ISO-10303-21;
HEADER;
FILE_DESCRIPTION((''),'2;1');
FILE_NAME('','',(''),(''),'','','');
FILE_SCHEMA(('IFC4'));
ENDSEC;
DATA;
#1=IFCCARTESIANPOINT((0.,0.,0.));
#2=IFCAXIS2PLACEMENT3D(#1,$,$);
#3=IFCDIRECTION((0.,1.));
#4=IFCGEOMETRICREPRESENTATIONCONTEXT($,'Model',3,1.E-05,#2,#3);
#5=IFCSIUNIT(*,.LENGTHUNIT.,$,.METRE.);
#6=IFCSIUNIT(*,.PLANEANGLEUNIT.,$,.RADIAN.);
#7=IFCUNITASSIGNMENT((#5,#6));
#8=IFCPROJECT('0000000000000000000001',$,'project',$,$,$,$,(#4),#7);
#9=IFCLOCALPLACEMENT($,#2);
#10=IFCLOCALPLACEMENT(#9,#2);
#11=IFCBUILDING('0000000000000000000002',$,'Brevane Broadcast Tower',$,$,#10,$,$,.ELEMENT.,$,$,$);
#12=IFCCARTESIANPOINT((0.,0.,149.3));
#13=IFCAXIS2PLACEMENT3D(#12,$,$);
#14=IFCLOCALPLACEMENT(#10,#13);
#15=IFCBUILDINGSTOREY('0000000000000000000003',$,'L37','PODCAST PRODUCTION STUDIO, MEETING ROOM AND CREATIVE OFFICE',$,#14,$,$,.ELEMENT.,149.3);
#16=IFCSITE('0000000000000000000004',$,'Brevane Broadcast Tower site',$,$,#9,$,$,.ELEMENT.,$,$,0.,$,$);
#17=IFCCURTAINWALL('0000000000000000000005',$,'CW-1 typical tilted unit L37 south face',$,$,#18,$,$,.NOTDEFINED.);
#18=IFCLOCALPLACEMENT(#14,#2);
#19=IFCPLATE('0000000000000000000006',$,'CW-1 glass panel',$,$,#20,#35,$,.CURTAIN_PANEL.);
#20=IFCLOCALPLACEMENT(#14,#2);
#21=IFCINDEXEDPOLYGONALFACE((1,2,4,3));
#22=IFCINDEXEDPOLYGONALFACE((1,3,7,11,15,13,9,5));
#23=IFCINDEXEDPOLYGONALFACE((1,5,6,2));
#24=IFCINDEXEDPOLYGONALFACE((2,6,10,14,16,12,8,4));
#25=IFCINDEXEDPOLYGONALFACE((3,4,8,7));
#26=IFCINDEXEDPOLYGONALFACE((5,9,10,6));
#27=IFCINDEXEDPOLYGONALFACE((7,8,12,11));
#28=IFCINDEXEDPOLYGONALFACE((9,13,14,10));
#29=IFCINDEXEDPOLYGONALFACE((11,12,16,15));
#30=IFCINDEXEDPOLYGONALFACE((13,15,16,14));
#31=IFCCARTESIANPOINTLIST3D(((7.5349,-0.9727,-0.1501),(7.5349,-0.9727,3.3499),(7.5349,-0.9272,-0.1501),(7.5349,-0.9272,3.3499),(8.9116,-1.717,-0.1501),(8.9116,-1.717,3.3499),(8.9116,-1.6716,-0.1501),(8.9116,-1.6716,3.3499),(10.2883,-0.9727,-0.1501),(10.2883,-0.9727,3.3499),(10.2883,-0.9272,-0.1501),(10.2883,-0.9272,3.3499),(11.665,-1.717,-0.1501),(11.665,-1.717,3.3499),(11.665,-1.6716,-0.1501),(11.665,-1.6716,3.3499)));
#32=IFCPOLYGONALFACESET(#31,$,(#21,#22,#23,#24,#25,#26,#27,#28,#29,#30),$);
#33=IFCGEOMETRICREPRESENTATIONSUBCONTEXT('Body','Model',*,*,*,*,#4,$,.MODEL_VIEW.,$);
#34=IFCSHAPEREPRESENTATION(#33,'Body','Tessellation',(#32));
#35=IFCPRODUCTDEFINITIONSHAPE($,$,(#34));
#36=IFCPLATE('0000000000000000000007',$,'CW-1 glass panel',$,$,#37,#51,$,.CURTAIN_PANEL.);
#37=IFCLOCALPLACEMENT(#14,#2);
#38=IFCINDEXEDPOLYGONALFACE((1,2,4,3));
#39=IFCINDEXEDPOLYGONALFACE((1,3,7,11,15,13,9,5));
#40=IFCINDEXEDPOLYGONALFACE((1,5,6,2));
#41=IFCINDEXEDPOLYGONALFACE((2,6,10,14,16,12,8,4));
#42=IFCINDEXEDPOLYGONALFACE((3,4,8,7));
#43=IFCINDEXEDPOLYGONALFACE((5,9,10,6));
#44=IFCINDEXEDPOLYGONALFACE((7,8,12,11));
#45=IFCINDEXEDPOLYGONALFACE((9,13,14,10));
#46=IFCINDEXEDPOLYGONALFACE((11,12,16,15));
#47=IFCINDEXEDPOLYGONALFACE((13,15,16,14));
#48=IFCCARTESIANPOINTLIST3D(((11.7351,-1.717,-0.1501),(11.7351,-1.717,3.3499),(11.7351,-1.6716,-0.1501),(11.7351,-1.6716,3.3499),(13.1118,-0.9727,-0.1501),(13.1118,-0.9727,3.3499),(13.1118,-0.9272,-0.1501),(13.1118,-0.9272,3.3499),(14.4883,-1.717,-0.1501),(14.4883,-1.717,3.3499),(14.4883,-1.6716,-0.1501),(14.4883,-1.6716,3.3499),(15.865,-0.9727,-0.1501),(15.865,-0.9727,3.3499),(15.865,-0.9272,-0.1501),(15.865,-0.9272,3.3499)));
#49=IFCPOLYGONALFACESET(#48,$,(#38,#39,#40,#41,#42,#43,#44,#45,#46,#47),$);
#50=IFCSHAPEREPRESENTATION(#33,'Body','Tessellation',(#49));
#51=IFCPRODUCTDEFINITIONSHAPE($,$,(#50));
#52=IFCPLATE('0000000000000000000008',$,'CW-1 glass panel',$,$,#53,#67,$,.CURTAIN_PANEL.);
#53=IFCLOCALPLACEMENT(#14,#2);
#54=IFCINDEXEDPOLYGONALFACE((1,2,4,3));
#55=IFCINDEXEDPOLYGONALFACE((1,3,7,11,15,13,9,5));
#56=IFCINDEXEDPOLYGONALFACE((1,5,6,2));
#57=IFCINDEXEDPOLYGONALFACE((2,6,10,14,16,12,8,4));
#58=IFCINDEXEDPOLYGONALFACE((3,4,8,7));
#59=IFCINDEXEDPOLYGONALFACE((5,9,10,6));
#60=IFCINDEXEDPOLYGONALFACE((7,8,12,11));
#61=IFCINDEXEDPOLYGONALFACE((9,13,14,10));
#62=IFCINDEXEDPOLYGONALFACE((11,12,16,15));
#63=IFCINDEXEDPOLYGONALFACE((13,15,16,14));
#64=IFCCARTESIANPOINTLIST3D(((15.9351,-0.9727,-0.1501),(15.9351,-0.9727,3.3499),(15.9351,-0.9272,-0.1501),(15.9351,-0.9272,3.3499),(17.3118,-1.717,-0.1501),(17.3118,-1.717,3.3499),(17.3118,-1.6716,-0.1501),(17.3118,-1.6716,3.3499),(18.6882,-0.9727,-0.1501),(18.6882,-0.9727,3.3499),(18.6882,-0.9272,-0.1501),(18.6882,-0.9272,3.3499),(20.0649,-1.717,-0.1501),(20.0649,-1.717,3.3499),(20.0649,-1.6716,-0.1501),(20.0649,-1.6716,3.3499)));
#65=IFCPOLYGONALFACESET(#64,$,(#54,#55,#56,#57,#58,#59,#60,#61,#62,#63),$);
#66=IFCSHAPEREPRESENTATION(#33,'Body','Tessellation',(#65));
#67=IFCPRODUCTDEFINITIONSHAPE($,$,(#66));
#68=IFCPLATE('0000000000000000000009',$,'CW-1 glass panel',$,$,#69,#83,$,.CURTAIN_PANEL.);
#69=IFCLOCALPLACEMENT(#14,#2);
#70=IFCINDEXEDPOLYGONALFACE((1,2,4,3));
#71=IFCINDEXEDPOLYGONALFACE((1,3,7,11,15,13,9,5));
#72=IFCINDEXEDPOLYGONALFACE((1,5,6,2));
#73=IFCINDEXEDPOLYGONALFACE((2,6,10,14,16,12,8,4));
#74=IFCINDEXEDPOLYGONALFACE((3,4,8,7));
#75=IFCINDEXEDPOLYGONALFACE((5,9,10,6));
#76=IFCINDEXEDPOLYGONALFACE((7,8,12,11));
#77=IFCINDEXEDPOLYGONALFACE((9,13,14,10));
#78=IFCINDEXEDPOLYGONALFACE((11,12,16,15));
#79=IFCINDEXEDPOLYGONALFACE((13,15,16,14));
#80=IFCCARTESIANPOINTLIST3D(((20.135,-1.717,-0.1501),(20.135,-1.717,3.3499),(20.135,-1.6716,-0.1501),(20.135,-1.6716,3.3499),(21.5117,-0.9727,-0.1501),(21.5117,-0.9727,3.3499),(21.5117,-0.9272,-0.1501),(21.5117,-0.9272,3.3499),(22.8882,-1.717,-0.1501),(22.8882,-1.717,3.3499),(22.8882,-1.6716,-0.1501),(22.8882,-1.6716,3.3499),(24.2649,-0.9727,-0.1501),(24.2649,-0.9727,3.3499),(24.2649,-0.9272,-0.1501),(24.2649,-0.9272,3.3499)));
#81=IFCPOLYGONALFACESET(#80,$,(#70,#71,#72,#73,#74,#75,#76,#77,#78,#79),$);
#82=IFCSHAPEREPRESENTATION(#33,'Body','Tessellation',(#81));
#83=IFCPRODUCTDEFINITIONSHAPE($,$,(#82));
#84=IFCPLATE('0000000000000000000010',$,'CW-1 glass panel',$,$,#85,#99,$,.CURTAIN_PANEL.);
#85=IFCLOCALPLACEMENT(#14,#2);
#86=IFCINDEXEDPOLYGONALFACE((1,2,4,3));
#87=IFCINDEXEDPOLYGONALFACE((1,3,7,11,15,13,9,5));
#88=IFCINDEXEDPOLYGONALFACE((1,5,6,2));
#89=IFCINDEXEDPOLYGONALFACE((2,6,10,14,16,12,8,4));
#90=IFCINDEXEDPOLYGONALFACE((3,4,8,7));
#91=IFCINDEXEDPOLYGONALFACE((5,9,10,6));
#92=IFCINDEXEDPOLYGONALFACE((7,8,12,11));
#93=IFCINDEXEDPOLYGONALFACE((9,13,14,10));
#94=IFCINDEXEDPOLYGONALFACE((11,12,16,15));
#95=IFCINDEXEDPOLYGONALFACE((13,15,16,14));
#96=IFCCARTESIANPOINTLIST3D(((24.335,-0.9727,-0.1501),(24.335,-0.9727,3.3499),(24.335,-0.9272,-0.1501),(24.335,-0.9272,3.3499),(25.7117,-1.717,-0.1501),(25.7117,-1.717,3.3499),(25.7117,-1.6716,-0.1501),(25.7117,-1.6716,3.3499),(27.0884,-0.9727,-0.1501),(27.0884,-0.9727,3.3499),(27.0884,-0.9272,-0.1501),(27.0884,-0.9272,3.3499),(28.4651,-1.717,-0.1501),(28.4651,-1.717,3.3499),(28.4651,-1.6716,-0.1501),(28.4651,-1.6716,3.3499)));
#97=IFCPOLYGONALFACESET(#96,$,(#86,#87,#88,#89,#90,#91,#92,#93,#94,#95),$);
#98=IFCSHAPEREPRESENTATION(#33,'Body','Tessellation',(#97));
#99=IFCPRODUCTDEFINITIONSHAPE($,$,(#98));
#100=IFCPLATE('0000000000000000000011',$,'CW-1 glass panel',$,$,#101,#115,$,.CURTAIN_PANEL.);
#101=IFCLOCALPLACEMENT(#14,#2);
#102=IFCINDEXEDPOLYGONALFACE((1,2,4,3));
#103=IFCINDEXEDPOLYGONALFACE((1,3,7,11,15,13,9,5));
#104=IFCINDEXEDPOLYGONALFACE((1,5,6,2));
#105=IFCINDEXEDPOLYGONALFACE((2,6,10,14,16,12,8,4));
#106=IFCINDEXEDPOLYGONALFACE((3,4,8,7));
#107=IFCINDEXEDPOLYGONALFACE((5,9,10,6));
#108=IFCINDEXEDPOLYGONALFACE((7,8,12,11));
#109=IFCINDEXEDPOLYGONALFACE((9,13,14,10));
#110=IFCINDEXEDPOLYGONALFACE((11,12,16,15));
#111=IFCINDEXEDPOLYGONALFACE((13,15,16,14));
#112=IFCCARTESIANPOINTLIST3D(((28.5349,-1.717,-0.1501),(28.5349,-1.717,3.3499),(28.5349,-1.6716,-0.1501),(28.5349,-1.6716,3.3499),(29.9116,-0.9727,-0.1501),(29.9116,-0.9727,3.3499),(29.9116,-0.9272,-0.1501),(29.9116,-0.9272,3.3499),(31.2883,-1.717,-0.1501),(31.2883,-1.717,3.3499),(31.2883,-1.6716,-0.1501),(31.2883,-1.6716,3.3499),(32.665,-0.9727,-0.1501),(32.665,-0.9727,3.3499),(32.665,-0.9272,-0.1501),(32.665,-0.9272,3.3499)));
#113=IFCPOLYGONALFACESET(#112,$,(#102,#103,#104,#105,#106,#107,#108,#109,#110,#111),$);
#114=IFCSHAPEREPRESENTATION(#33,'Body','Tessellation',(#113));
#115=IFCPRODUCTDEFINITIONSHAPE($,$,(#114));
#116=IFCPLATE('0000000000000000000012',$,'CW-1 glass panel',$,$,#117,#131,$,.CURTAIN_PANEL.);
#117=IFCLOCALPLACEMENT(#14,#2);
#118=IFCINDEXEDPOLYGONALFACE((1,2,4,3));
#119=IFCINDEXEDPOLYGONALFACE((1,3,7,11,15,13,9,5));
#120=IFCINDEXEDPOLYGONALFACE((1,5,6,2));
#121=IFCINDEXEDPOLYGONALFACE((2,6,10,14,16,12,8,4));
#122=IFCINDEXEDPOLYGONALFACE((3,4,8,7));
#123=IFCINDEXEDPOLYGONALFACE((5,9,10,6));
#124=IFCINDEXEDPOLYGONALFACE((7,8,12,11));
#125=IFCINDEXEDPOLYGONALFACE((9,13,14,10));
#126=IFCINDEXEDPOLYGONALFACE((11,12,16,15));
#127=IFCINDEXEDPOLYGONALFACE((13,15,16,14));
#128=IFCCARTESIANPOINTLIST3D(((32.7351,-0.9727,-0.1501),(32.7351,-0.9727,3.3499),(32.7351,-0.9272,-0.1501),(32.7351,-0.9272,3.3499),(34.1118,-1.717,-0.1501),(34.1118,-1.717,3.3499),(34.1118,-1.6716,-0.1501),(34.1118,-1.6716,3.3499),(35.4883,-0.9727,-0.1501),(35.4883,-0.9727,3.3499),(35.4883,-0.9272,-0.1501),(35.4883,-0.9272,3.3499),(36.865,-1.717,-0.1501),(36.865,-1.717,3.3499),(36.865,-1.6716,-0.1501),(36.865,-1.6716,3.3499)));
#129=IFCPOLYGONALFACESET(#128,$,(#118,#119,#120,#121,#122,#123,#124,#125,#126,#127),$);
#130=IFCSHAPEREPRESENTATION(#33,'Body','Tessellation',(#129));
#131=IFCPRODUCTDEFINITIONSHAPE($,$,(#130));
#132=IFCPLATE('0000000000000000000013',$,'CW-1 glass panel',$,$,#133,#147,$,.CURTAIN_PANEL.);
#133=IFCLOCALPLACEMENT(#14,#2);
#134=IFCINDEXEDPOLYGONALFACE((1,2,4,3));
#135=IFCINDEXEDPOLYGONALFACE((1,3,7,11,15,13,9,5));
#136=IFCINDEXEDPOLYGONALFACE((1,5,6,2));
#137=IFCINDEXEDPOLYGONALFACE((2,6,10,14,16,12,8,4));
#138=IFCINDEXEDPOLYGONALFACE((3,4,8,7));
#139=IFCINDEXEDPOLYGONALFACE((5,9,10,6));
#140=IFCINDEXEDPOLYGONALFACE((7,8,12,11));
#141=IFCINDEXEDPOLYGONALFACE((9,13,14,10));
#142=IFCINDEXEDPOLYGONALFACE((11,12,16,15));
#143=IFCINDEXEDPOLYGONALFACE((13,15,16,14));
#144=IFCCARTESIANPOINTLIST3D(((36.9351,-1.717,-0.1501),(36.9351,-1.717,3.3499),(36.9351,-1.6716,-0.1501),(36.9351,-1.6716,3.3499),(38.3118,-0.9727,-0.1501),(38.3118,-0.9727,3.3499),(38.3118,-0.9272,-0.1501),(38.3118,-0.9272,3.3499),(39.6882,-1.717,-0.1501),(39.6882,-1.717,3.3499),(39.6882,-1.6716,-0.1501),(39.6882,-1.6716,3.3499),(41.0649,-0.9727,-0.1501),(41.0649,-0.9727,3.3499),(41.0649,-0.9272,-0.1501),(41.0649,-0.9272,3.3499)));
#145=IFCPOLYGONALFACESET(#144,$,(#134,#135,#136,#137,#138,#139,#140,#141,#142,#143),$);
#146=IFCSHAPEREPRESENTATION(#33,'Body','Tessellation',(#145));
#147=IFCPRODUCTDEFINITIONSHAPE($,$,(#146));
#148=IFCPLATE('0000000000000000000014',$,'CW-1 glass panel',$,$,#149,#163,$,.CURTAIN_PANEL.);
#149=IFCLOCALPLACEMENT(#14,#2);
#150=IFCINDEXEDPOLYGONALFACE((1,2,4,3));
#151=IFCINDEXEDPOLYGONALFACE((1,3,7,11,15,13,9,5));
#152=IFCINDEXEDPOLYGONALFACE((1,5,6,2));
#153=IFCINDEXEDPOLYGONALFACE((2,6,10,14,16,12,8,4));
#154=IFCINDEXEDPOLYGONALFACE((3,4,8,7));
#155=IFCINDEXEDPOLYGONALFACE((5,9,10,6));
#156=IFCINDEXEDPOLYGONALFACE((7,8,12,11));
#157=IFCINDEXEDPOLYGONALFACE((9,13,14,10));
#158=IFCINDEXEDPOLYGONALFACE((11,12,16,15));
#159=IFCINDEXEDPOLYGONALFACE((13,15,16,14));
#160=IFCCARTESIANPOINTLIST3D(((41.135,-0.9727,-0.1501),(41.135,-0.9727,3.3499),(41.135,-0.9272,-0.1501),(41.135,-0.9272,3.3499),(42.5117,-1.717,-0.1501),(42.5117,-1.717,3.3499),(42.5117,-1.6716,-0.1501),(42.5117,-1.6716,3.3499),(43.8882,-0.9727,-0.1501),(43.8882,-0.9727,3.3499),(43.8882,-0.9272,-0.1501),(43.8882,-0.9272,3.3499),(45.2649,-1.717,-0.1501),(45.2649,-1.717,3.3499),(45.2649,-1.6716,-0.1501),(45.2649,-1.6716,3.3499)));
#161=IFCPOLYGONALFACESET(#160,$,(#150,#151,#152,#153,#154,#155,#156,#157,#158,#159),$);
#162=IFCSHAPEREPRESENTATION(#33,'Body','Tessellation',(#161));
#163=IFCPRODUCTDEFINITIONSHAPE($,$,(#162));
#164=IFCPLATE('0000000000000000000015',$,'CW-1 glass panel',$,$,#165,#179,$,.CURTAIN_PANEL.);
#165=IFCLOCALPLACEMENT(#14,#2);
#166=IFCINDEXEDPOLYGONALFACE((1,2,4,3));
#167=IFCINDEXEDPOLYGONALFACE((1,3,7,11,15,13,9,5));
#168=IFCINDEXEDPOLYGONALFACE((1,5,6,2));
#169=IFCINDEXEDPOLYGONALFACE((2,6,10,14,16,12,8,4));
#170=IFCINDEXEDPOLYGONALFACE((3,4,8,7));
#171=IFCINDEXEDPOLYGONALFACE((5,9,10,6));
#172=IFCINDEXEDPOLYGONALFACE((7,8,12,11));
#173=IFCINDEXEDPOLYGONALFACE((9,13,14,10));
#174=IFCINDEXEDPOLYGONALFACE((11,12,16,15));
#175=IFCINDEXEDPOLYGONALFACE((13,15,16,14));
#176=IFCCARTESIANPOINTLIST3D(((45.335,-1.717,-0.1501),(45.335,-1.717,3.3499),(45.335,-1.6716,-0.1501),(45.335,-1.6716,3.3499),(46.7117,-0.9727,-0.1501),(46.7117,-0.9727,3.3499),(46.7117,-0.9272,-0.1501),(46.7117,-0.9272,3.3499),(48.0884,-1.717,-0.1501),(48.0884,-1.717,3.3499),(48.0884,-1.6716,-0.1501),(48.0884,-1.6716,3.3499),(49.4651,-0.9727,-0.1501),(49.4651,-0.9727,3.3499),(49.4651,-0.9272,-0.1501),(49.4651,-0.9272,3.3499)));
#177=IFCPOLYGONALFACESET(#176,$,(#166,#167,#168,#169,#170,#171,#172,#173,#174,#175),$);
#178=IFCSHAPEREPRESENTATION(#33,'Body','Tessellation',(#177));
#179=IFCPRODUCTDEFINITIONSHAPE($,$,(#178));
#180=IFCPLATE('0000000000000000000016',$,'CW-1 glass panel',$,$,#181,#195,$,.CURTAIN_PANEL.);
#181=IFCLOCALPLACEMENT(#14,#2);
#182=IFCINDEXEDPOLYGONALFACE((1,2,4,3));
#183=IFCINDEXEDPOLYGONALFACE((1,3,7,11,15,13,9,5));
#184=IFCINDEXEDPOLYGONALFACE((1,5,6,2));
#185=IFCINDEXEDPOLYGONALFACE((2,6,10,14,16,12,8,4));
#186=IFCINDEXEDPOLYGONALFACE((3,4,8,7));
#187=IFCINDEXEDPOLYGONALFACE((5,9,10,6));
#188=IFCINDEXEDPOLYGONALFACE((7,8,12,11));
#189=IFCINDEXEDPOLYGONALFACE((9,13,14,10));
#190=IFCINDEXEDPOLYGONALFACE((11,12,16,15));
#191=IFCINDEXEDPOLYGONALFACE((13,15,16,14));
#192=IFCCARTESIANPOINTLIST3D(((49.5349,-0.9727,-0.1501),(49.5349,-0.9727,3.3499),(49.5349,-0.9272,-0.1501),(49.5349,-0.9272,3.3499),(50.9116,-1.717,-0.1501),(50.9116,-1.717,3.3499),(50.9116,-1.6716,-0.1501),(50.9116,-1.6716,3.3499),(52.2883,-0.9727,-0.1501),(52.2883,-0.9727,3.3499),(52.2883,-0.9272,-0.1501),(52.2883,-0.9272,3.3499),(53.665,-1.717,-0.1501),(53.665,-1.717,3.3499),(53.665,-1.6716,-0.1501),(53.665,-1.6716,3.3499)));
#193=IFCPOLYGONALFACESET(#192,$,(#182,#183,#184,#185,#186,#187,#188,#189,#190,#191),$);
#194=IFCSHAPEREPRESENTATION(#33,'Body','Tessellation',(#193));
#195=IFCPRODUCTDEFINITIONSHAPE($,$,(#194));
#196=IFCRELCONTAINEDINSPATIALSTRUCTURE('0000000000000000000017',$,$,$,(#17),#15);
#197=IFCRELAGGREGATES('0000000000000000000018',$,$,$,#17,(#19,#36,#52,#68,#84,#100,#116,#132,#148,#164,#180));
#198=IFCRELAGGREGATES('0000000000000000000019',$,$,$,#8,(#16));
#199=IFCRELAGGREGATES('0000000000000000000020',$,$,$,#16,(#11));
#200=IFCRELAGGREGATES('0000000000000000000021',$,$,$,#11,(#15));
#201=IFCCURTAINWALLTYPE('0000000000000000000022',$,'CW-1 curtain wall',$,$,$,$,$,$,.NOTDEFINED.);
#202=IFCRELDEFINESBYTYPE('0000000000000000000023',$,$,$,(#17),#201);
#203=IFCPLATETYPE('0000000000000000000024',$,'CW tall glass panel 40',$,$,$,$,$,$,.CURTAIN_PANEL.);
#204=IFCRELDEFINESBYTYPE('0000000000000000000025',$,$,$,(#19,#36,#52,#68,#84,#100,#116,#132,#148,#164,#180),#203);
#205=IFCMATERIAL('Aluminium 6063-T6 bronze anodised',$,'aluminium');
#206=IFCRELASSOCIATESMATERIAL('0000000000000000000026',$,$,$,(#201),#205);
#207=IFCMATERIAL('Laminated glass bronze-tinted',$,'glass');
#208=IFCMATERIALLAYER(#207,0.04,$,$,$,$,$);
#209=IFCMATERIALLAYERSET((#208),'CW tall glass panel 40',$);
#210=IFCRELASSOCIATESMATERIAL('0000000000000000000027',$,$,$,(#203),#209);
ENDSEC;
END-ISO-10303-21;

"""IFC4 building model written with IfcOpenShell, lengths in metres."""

from ifc_helpers import new_model, si_unit, direction, frame, origin, place, context, subcontext, project, spatial, polyline, outline, extrude, material, layer, layer_set, type_object, element, aggregate, save


model = new_model("IFC4")

# Units and contexts
model_context = context("Model", 3, precision=1e-05, world=origin(), true_north=direction((0.0, 1.0)))
body_context = subcontext(model_context, "Body", "Model", "MODEL_VIEW")
ifc_project = project(units=[si_unit("LENGTHUNIT", "METRE"), si_unit("PLANEANGLEUNIT", "RADIAN")], contexts=[model_context])

# Site, building, storey
site_placement = place(None, origin())
site = spatial("IfcSite", under=ifc_project, at=site_placement, Name="Brevane Broadcast Tower site", CompositionType="ELEMENT", RefElevation=0.0)
building_placement = place(site_placement, origin())
building = spatial("IfcBuilding", under=site, at=building_placement, Name="Brevane Broadcast Tower", CompositionType="ELEMENT")
storey_placement = place(building_placement, frame((0.0, 0.0, 149.3)))
storey = spatial("IfcBuildingStorey", under=building, at=storey_placement, Name="L37", Description="PODCAST PRODUCTION STUDIO, MEETING ROOM AND CREATIVE OFFICE", CompositionType="ELEMENT", Elevation=149.3)

# Curtain wall, plates
ifc_material_1 = material(Name="Aluminium 6063-T6 bronze anodised", Category="aluminium")
curtain_wall_type = type_object("IfcCurtainWallType", Name="CW-1 curtain wall", PredefinedType="NOTDEFINED", material=ifc_material_1)
curtain_wall_1_placement = place(storey_placement, origin())
curtain_wall_1 = element("IfcCurtainWall", 1, at=curtain_wall_1_placement, inside=storey, type_object=curtain_wall_type, Name="CW-1 typical tilted unit L37 south face", PredefinedType="NOTDEFINED")
ifc_material_2 = material(Name="Laminated glass bronze-tinted", Category="glass")
ifc_layer = layer(ifc_material_2, 0.04)
ifc_layer_set = layer_set([ifc_layer], Name="CW tall glass panel 40")
plate_type = type_object("IfcPlateType", Name="CW tall glass panel 40", PredefinedType="CURTAIN_PANEL", material=ifc_layer_set)
plate_1_placement = place(storey_placement, frame((0.0, 0.0, -0.1501)))
plate_1 = element("IfcPlate", 2, at=plate_1_placement, type_object=plate_type, Name="CW-1 glass panel", PredefinedType="CURTAIN_PANEL", context=body_context, shape_type="SweptSolid", body=[
    extrude(outline(polyline([(7.5349, -0.9272), (7.5349, -0.9727), (8.9116, -1.717), (10.2883, -0.9727), (11.665, -1.717), (11.665, -1.6716), (10.2883, -0.9272), (8.9116, -1.6716), (7.5349, -0.9272)])), origin(), (0.0, 0.0, 1.0), 3.5),
])
plate_2_placement = place(storey_placement, frame((0.0, 0.0, -0.1501)))
plate_2 = element("IfcPlate", 3, at=plate_2_placement, type_object=plate_type, Name="CW-1 glass panel", PredefinedType="CURTAIN_PANEL", context=body_context, shape_type="SweptSolid", body=[
    extrude(outline(polyline([(11.7351, -1.6716), (11.7351, -1.717), (13.1118, -0.9727), (14.4883, -1.717), (15.865, -0.9727), (15.865, -0.9272), (14.4883, -1.6716), (13.1118, -0.9272), (11.7351, -1.6716)])), origin(), (0.0, 0.0, 1.0), 3.5),
])
plate_3_placement = place(storey_placement, frame((0.0, 0.0, -0.1501)))
plate_3 = element("IfcPlate", 4, at=plate_3_placement, type_object=plate_type, Name="CW-1 glass panel", PredefinedType="CURTAIN_PANEL", context=body_context, shape_type="SweptSolid", body=[
    extrude(outline(polyline([(15.9351, -0.9272), (15.9351, -0.9727), (17.3118, -1.717), (18.6882, -0.9727), (20.0649, -1.717), (20.0649, -1.6716), (18.6882, -0.9272), (17.3118, -1.6716), (15.9351, -0.9272)])), origin(), (0.0, 0.0, 1.0), 3.5),
])
plate_4_placement = place(storey_placement, frame((0.0, 0.0, -0.1501)))
plate_4 = element("IfcPlate", 5, at=plate_4_placement, type_object=plate_type, Name="CW-1 glass panel", PredefinedType="CURTAIN_PANEL", context=body_context, shape_type="SweptSolid", body=[
    extrude(outline(polyline([(20.135, -1.6716), (20.135, -1.717), (21.5117, -0.9727), (22.8882, -1.717), (24.2649, -0.9727), (24.2649, -0.9272), (22.8882, -1.6716), (21.5117, -0.9272), (20.135, -1.6716)])), origin(), (0.0, 0.0, 1.0), 3.5),
])
plate_5_placement = place(storey_placement, frame((0.0, 0.0, -0.1501)))
plate_5 = element("IfcPlate", 6, at=plate_5_placement, type_object=plate_type, Name="CW-1 glass panel", PredefinedType="CURTAIN_PANEL", context=body_context, shape_type="SweptSolid", body=[
    extrude(outline(polyline([(24.335, -0.9272), (24.335, -0.9727), (25.7117, -1.717), (27.0884, -0.9727), (28.4651, -1.717), (28.4651, -1.6716), (27.0884, -0.9272), (25.7117, -1.6716), (24.335, -0.9272)])), origin(), (0.0, 0.0, 1.0), 3.5),
])
plate_6_placement = place(storey_placement, frame((0.0, 0.0, -0.1501)))
plate_6 = element("IfcPlate", 7, at=plate_6_placement, type_object=plate_type, Name="CW-1 glass panel", PredefinedType="CURTAIN_PANEL", context=body_context, shape_type="SweptSolid", body=[
    extrude(outline(polyline([(28.5349, -1.6716), (28.5349, -1.717), (29.9116, -0.9727), (31.2883, -1.717), (32.665, -0.9727), (32.665, -0.9272), (31.2883, -1.6716), (29.9116, -0.9272), (28.5349, -1.6716)])), origin(), (0.0, 0.0, 1.0), 3.5),
])
plate_7_placement = place(storey_placement, frame((0.0, 0.0, -0.1501)))
plate_7 = element("IfcPlate", 8, at=plate_7_placement, type_object=plate_type, Name="CW-1 glass panel", PredefinedType="CURTAIN_PANEL", context=body_context, shape_type="SweptSolid", body=[
    extrude(outline(polyline([(32.7351, -0.9272), (32.7351, -0.9727), (34.1118, -1.717), (35.4883, -0.9727), (36.865, -1.717), (36.865, -1.6716), (35.4883, -0.9272), (34.1118, -1.6716), (32.7351, -0.9272)])), origin(), (0.0, 0.0, 1.0), 3.5),
])
plate_8_placement = place(storey_placement, frame((0.0, 0.0, -0.1501)))
plate_8 = element("IfcPlate", 9, at=plate_8_placement, type_object=plate_type, Name="CW-1 glass panel", PredefinedType="CURTAIN_PANEL", context=body_context, shape_type="SweptSolid", body=[
    extrude(outline(polyline([(36.9351, -1.6716), (36.9351, -1.717), (38.3118, -0.9727), (39.6882, -1.717), (41.0649, -0.9727), (41.0649, -0.9272), (39.6882, -1.6716), (38.3118, -0.9272), (36.9351, -1.6716)])), origin(), (0.0, 0.0, 1.0), 3.5),
])
plate_9_placement = place(storey_placement, frame((0.0, 0.0, -0.1501)))
plate_9 = element("IfcPlate", 10, at=plate_9_placement, type_object=plate_type, Name="CW-1 glass panel", PredefinedType="CURTAIN_PANEL", context=body_context, shape_type="SweptSolid", body=[
    extrude(outline(polyline([(41.135, -0.9272), (41.135, -0.9727), (42.5117, -1.717), (43.8882, -0.9727), (45.2649, -1.717), (45.2649, -1.6716), (43.8882, -0.9272), (42.5117, -1.6716), (41.135, -0.9272)])), origin(), (0.0, 0.0, 1.0), 3.5),
])
plate_10_placement = place(storey_placement, frame((0.0, 0.0, -0.1501)))
plate_10 = element("IfcPlate", 11, at=plate_10_placement, type_object=plate_type, Name="CW-1 glass panel", PredefinedType="CURTAIN_PANEL", context=body_context, shape_type="SweptSolid", body=[
    extrude(outline(polyline([(45.335, -1.6716), (45.335, -1.717), (46.7117, -0.9727), (48.0884, -1.717), (49.4651, -0.9727), (49.4651, -0.9272), (48.0884, -1.6716), (46.7117, -0.9272), (45.335, -1.6716)])), origin(), (0.0, 0.0, 1.0), 3.5),
])
plate_11_placement = place(storey_placement, frame((0.0, 0.0, -0.1501)))
plate_11 = element("IfcPlate", 12, at=plate_11_placement, type_object=plate_type, Name="CW-1 glass panel", PredefinedType="CURTAIN_PANEL", context=body_context, shape_type="SweptSolid", body=[
    extrude(outline(polyline([(49.5349, -0.9272), (49.5349, -0.9727), (50.9116, -1.717), (52.2883, -0.9727), (53.665, -1.717), (53.665, -1.6716), (52.2883, -0.9272), (50.9116, -1.6716), (49.5349, -0.9272)])), origin(), (0.0, 0.0, 1.0), 3.5),
])
aggregate(curtain_wall_1, [plate_1, plate_2, plate_3, plate_4, plate_5, plate_6, plate_7, plate_8, plate_9, plate_10, plate_11])

save(model, "model.ifc")
